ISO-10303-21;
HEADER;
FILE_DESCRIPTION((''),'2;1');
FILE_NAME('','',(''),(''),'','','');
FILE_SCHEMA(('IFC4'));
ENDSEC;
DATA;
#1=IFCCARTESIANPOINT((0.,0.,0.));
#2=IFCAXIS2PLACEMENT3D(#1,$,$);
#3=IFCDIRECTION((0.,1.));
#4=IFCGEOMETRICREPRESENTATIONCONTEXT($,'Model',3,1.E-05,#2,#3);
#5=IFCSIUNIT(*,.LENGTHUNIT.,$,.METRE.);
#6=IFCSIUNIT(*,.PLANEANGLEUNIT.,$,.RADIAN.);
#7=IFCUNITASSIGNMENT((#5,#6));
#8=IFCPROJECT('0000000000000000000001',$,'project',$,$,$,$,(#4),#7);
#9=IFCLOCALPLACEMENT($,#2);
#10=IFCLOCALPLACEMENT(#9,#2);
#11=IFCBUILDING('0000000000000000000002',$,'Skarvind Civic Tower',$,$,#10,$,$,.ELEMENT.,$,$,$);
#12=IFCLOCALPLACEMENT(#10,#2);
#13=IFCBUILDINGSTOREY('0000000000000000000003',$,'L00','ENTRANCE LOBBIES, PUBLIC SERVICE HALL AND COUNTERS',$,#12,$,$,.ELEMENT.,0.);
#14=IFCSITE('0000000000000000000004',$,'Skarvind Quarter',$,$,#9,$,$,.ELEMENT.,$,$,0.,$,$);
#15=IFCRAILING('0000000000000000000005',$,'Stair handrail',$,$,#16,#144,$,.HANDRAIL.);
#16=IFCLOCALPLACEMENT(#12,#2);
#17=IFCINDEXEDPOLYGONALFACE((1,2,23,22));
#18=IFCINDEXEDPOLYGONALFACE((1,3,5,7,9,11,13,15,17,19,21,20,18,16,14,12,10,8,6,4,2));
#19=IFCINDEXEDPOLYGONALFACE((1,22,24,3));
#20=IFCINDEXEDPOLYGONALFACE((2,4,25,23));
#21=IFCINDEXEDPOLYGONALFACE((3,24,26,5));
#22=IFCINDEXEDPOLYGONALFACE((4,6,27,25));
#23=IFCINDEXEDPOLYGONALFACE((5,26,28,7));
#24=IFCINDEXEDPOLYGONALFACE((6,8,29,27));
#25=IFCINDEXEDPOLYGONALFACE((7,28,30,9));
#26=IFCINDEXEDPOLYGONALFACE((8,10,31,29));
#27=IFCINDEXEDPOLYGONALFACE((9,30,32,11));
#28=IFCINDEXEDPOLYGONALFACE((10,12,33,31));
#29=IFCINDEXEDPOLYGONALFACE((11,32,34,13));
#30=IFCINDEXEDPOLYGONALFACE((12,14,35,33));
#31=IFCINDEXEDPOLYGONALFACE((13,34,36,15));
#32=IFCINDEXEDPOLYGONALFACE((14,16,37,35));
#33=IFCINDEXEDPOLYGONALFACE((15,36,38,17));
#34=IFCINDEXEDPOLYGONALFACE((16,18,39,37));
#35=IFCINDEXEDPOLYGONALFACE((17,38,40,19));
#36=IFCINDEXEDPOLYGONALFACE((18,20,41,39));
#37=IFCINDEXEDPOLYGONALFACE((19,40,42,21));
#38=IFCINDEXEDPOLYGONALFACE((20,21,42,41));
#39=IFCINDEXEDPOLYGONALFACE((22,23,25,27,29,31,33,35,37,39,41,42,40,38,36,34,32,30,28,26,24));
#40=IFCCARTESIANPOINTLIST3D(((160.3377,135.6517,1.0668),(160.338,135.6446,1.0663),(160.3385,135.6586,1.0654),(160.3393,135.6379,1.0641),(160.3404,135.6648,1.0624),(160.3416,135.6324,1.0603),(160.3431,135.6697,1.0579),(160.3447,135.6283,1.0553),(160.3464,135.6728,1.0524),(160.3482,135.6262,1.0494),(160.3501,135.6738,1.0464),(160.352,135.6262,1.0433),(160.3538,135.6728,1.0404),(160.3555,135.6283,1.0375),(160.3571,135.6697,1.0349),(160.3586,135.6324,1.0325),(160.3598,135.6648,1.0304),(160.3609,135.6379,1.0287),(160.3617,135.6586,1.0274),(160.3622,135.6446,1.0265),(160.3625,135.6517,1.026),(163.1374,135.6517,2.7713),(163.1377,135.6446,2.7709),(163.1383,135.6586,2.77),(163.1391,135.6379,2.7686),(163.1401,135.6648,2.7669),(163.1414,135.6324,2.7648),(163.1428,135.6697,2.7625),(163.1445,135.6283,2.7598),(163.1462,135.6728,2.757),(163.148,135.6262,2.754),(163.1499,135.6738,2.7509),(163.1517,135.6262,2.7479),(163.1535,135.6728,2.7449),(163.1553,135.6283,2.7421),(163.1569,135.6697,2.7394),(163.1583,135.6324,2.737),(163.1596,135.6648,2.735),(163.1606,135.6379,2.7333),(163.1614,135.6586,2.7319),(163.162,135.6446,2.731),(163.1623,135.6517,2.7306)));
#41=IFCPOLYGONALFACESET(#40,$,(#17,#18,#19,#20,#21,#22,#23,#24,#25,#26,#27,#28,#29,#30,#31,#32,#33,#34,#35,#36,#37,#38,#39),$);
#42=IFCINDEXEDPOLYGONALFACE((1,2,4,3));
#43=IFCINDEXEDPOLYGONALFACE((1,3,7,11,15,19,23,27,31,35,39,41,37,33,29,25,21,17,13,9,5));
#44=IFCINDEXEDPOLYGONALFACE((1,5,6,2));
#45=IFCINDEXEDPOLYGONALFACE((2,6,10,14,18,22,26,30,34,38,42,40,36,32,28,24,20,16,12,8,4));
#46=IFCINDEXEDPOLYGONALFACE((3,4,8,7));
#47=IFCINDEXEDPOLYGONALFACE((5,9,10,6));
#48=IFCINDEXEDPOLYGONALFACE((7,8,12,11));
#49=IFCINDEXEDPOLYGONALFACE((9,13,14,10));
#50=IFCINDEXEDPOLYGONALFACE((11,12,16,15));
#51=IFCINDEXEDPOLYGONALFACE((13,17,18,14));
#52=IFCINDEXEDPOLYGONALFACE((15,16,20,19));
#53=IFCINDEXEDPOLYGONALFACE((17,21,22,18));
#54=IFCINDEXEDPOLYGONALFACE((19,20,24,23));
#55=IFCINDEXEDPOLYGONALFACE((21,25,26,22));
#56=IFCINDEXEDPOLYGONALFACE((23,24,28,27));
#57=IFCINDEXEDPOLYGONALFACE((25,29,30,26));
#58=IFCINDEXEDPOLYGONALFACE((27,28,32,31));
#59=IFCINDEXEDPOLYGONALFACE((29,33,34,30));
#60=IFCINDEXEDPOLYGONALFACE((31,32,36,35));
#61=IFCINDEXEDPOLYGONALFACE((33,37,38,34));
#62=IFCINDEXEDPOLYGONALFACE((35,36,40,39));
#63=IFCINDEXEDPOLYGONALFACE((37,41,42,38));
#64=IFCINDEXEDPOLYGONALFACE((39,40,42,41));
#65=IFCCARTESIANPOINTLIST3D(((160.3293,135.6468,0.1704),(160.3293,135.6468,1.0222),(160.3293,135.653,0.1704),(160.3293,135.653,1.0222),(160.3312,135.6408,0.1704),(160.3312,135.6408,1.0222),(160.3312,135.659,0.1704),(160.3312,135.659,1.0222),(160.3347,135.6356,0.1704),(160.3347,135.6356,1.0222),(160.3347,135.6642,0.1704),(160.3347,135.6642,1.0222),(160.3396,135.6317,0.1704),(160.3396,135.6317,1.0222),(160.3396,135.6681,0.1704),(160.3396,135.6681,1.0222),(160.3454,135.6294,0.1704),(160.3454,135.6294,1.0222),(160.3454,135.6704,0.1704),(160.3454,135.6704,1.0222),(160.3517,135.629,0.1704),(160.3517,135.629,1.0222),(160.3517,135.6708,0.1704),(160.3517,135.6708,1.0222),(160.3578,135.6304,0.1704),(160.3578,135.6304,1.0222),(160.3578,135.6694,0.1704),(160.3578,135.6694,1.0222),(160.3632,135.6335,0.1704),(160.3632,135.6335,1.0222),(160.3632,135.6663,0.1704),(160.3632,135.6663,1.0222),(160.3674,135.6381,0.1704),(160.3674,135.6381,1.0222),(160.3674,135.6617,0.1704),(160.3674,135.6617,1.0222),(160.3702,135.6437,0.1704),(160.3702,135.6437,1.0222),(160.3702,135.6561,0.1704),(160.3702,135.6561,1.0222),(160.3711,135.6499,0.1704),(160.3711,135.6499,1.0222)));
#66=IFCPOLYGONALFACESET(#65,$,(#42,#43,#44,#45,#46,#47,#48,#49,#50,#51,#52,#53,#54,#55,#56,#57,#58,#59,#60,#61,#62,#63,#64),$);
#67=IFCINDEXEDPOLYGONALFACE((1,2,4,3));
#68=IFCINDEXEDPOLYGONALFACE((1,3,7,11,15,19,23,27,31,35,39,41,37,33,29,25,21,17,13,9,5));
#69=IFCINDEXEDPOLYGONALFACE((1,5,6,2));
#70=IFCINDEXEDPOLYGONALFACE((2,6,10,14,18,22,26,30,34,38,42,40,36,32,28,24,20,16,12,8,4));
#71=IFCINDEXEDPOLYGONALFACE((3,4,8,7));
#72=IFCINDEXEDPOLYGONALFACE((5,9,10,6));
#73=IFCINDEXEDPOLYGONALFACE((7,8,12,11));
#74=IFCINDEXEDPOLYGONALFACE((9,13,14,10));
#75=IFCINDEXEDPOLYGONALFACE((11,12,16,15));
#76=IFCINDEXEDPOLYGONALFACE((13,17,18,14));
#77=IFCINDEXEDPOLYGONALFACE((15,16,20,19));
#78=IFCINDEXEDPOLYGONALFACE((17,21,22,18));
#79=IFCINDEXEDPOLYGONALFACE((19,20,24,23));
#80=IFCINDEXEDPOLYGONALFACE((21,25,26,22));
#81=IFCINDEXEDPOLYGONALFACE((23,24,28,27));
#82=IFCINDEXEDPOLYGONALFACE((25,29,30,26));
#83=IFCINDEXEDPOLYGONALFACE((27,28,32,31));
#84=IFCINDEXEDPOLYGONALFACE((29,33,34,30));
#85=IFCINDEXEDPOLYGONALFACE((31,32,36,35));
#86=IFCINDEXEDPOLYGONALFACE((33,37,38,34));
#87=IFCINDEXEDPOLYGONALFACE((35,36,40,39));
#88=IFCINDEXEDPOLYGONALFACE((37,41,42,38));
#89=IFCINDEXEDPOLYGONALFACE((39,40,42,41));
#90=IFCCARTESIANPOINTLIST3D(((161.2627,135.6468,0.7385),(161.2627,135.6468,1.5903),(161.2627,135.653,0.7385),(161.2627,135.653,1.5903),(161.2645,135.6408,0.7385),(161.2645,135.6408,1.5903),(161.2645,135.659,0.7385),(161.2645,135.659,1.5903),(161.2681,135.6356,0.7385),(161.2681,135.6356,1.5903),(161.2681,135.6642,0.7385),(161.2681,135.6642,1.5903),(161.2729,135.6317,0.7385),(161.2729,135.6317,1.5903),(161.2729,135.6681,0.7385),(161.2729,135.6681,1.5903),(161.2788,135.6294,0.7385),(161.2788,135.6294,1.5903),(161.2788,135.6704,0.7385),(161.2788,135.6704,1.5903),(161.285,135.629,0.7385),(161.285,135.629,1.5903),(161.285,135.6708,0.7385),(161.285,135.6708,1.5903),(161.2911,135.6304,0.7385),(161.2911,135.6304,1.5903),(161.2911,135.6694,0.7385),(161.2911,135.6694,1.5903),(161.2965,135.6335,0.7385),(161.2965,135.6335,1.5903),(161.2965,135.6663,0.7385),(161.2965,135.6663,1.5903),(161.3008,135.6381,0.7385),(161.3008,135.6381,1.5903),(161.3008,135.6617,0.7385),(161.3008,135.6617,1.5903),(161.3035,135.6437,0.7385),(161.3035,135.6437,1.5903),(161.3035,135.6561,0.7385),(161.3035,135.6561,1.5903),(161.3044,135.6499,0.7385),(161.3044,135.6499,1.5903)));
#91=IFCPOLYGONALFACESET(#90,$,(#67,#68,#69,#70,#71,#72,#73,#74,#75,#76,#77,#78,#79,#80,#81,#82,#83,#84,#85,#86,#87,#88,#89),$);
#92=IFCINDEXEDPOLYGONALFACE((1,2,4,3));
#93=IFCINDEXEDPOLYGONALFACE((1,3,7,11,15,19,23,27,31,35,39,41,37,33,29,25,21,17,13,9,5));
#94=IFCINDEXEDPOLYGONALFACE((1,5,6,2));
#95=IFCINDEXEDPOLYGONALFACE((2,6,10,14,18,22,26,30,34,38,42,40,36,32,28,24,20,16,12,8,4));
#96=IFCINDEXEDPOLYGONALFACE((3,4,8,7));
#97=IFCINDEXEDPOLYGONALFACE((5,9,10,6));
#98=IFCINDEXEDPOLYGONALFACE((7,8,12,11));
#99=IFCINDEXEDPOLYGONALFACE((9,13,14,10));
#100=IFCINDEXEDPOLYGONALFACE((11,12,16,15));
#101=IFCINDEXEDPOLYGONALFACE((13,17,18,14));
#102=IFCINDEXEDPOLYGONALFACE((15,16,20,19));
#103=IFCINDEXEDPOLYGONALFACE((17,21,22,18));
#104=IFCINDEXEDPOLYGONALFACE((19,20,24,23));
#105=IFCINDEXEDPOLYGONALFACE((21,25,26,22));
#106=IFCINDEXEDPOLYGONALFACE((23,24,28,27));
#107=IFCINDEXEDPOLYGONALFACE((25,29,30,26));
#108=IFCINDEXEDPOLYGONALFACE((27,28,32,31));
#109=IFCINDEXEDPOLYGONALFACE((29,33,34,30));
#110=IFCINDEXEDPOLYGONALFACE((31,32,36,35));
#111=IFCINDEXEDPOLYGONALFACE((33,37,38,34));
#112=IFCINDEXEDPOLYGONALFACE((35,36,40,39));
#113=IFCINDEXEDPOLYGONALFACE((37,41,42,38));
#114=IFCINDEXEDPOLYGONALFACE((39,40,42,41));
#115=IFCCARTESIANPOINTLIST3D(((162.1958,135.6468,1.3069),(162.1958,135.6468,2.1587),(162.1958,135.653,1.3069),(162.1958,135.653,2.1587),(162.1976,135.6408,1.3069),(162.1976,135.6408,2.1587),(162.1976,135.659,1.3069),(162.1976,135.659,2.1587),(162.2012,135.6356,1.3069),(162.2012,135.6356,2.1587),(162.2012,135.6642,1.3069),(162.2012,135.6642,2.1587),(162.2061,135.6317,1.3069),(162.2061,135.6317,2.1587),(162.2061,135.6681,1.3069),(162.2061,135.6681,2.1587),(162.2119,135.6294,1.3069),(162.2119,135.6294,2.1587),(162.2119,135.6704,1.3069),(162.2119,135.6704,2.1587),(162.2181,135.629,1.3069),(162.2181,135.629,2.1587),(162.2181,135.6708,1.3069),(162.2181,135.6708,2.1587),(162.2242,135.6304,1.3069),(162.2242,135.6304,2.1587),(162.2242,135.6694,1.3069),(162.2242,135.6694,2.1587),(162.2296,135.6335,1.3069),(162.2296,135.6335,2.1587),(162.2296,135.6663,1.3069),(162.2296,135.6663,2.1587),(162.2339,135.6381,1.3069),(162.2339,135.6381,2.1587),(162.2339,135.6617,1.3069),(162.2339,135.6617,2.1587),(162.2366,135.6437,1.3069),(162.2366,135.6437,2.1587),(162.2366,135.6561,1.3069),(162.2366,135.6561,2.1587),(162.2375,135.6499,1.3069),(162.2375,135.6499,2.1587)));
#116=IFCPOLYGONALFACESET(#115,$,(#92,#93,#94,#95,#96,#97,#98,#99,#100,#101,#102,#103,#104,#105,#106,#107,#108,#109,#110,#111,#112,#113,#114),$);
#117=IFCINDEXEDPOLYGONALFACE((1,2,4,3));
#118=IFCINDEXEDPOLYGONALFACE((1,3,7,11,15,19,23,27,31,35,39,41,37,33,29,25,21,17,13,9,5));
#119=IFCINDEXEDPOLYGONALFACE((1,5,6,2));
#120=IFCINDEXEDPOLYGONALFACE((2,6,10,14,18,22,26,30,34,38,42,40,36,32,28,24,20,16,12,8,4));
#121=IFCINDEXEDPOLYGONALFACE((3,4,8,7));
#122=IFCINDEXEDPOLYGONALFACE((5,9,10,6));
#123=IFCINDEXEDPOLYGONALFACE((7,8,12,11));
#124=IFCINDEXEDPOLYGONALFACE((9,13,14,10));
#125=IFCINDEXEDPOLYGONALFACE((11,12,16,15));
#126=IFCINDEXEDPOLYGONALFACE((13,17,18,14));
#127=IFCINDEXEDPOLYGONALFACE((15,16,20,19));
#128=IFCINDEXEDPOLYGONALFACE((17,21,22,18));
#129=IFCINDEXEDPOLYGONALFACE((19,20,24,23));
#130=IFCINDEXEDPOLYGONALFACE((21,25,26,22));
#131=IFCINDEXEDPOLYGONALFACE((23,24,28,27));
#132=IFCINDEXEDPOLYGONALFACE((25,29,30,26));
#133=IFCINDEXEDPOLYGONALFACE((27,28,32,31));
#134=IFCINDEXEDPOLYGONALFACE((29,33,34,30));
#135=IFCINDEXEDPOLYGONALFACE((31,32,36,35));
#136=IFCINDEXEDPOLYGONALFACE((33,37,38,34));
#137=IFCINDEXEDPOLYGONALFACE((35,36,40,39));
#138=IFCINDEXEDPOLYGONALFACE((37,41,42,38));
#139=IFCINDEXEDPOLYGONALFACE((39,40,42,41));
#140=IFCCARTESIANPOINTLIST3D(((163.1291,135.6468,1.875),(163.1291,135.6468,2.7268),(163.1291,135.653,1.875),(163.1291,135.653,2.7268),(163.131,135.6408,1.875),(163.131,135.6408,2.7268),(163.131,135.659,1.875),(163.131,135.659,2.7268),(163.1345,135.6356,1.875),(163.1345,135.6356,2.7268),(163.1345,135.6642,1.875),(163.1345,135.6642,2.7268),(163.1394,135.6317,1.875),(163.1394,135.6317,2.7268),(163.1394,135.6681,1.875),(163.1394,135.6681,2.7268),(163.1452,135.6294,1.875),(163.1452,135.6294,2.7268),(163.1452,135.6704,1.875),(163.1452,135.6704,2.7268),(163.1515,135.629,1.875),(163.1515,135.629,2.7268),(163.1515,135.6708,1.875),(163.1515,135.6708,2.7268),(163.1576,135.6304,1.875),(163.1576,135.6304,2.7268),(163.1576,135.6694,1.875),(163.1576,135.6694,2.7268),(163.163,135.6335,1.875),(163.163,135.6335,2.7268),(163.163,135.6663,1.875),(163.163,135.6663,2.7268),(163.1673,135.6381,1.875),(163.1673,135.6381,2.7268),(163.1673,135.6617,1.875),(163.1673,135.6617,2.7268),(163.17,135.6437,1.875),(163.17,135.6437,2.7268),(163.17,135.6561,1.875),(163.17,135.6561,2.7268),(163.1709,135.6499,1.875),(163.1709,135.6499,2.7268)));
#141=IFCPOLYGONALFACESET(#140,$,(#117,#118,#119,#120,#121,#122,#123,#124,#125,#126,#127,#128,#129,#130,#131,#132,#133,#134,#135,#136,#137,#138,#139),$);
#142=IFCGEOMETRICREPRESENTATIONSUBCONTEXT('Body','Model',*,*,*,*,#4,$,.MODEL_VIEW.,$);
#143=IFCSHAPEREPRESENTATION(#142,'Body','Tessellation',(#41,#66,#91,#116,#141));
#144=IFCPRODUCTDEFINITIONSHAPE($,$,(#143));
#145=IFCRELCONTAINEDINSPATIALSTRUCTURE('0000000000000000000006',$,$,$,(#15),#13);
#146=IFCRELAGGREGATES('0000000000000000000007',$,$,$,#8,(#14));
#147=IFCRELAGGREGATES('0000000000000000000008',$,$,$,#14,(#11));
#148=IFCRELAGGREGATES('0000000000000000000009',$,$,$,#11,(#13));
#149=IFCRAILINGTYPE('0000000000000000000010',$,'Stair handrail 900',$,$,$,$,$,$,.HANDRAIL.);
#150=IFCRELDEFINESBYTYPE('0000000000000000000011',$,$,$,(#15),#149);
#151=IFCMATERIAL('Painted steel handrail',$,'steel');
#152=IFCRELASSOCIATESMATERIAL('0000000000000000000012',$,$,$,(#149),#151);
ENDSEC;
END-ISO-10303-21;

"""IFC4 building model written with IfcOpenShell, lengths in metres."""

from ifc_helpers import new_model, si_unit, direction, frame, origin, origin_2d, place, context, subcontext, project, spatial, circle, extrude, material, type_object, element, save


model = new_model("IFC4")

# Units and contexts
model_context = context("Model", 3, precision=1e-05, world=origin(), true_north=direction((0.0, 1.0)))
body_context = subcontext(model_context, "Body", "Model", "MODEL_VIEW")
ifc_project = project(units=[si_unit("LENGTHUNIT", "METRE"), si_unit("PLANEANGLEUNIT", "RADIAN")], contexts=[model_context])

# Site, building, storey
site_placement = place(None, origin())
site = spatial("IfcSite", under=ifc_project, at=site_placement, Name="Skarvind Quarter", CompositionType="ELEMENT", RefElevation=0.0)
building_placement = place(site_placement, origin())
building = spatial("IfcBuilding", under=site, at=building_placement, Name="Skarvind Civic Tower", CompositionType="ELEMENT")
storey_placement = place(building_placement, origin())
storey = spatial("IfcBuildingStorey", under=building, at=storey_placement, Name="L00", Description="ENTRANCE LOBBIES, PUBLIC SERVICE HALL AND COUNTERS", CompositionType="ELEMENT", Elevation=0.0)

# Railing
ifc_material_1 = material(Name="Painted steel handrail", Category="steel")
railing_type = type_object("IfcRailingType", Name="Stair handrail 900", PredefinedType="HANDRAIL", material=ifc_material_1)
railing_1_placement = place(storey_placement, frame((160.3501, 135.6499, 0.1704)))
element("IfcRailing", 1, at=railing_1_placement, inside=storey, type_object=railing_type, Name="Stair handrail", PredefinedType="HANDRAIL", context=body_context, shape_type="SweptSolid", body=[
    extrude(circle(Radius=0.0239, at=origin_2d()), frame((0.0, 0.0, 0.876), z_axis=(0.85415, 0.0, 0.520027), x_axis=(0.0, 1.0, 0.0)), (0.0, 0.0, 1.0), 3.2778),
    extrude(circle(Radius=0.021, at=origin_2d()), origin(), (0.0, 0.0, 1.0), 0.8518),
    extrude(circle(Radius=0.021, at=origin_2d()), frame((0.9333, 0.0, 0.5681)), (0.0, 0.0, 1.0), 0.8518),
    extrude(circle(Radius=0.021, at=origin_2d()), frame((1.8665, 0.0, 1.1365)), (0.0, 0.0, 1.0), 0.8518),
    extrude(circle(Radius=0.021, at=origin_2d()), frame((2.7998, 0.0, 1.7046)), (0.0, 0.0, 1.0), 0.8518),
])

save(model, "model.ifc")
